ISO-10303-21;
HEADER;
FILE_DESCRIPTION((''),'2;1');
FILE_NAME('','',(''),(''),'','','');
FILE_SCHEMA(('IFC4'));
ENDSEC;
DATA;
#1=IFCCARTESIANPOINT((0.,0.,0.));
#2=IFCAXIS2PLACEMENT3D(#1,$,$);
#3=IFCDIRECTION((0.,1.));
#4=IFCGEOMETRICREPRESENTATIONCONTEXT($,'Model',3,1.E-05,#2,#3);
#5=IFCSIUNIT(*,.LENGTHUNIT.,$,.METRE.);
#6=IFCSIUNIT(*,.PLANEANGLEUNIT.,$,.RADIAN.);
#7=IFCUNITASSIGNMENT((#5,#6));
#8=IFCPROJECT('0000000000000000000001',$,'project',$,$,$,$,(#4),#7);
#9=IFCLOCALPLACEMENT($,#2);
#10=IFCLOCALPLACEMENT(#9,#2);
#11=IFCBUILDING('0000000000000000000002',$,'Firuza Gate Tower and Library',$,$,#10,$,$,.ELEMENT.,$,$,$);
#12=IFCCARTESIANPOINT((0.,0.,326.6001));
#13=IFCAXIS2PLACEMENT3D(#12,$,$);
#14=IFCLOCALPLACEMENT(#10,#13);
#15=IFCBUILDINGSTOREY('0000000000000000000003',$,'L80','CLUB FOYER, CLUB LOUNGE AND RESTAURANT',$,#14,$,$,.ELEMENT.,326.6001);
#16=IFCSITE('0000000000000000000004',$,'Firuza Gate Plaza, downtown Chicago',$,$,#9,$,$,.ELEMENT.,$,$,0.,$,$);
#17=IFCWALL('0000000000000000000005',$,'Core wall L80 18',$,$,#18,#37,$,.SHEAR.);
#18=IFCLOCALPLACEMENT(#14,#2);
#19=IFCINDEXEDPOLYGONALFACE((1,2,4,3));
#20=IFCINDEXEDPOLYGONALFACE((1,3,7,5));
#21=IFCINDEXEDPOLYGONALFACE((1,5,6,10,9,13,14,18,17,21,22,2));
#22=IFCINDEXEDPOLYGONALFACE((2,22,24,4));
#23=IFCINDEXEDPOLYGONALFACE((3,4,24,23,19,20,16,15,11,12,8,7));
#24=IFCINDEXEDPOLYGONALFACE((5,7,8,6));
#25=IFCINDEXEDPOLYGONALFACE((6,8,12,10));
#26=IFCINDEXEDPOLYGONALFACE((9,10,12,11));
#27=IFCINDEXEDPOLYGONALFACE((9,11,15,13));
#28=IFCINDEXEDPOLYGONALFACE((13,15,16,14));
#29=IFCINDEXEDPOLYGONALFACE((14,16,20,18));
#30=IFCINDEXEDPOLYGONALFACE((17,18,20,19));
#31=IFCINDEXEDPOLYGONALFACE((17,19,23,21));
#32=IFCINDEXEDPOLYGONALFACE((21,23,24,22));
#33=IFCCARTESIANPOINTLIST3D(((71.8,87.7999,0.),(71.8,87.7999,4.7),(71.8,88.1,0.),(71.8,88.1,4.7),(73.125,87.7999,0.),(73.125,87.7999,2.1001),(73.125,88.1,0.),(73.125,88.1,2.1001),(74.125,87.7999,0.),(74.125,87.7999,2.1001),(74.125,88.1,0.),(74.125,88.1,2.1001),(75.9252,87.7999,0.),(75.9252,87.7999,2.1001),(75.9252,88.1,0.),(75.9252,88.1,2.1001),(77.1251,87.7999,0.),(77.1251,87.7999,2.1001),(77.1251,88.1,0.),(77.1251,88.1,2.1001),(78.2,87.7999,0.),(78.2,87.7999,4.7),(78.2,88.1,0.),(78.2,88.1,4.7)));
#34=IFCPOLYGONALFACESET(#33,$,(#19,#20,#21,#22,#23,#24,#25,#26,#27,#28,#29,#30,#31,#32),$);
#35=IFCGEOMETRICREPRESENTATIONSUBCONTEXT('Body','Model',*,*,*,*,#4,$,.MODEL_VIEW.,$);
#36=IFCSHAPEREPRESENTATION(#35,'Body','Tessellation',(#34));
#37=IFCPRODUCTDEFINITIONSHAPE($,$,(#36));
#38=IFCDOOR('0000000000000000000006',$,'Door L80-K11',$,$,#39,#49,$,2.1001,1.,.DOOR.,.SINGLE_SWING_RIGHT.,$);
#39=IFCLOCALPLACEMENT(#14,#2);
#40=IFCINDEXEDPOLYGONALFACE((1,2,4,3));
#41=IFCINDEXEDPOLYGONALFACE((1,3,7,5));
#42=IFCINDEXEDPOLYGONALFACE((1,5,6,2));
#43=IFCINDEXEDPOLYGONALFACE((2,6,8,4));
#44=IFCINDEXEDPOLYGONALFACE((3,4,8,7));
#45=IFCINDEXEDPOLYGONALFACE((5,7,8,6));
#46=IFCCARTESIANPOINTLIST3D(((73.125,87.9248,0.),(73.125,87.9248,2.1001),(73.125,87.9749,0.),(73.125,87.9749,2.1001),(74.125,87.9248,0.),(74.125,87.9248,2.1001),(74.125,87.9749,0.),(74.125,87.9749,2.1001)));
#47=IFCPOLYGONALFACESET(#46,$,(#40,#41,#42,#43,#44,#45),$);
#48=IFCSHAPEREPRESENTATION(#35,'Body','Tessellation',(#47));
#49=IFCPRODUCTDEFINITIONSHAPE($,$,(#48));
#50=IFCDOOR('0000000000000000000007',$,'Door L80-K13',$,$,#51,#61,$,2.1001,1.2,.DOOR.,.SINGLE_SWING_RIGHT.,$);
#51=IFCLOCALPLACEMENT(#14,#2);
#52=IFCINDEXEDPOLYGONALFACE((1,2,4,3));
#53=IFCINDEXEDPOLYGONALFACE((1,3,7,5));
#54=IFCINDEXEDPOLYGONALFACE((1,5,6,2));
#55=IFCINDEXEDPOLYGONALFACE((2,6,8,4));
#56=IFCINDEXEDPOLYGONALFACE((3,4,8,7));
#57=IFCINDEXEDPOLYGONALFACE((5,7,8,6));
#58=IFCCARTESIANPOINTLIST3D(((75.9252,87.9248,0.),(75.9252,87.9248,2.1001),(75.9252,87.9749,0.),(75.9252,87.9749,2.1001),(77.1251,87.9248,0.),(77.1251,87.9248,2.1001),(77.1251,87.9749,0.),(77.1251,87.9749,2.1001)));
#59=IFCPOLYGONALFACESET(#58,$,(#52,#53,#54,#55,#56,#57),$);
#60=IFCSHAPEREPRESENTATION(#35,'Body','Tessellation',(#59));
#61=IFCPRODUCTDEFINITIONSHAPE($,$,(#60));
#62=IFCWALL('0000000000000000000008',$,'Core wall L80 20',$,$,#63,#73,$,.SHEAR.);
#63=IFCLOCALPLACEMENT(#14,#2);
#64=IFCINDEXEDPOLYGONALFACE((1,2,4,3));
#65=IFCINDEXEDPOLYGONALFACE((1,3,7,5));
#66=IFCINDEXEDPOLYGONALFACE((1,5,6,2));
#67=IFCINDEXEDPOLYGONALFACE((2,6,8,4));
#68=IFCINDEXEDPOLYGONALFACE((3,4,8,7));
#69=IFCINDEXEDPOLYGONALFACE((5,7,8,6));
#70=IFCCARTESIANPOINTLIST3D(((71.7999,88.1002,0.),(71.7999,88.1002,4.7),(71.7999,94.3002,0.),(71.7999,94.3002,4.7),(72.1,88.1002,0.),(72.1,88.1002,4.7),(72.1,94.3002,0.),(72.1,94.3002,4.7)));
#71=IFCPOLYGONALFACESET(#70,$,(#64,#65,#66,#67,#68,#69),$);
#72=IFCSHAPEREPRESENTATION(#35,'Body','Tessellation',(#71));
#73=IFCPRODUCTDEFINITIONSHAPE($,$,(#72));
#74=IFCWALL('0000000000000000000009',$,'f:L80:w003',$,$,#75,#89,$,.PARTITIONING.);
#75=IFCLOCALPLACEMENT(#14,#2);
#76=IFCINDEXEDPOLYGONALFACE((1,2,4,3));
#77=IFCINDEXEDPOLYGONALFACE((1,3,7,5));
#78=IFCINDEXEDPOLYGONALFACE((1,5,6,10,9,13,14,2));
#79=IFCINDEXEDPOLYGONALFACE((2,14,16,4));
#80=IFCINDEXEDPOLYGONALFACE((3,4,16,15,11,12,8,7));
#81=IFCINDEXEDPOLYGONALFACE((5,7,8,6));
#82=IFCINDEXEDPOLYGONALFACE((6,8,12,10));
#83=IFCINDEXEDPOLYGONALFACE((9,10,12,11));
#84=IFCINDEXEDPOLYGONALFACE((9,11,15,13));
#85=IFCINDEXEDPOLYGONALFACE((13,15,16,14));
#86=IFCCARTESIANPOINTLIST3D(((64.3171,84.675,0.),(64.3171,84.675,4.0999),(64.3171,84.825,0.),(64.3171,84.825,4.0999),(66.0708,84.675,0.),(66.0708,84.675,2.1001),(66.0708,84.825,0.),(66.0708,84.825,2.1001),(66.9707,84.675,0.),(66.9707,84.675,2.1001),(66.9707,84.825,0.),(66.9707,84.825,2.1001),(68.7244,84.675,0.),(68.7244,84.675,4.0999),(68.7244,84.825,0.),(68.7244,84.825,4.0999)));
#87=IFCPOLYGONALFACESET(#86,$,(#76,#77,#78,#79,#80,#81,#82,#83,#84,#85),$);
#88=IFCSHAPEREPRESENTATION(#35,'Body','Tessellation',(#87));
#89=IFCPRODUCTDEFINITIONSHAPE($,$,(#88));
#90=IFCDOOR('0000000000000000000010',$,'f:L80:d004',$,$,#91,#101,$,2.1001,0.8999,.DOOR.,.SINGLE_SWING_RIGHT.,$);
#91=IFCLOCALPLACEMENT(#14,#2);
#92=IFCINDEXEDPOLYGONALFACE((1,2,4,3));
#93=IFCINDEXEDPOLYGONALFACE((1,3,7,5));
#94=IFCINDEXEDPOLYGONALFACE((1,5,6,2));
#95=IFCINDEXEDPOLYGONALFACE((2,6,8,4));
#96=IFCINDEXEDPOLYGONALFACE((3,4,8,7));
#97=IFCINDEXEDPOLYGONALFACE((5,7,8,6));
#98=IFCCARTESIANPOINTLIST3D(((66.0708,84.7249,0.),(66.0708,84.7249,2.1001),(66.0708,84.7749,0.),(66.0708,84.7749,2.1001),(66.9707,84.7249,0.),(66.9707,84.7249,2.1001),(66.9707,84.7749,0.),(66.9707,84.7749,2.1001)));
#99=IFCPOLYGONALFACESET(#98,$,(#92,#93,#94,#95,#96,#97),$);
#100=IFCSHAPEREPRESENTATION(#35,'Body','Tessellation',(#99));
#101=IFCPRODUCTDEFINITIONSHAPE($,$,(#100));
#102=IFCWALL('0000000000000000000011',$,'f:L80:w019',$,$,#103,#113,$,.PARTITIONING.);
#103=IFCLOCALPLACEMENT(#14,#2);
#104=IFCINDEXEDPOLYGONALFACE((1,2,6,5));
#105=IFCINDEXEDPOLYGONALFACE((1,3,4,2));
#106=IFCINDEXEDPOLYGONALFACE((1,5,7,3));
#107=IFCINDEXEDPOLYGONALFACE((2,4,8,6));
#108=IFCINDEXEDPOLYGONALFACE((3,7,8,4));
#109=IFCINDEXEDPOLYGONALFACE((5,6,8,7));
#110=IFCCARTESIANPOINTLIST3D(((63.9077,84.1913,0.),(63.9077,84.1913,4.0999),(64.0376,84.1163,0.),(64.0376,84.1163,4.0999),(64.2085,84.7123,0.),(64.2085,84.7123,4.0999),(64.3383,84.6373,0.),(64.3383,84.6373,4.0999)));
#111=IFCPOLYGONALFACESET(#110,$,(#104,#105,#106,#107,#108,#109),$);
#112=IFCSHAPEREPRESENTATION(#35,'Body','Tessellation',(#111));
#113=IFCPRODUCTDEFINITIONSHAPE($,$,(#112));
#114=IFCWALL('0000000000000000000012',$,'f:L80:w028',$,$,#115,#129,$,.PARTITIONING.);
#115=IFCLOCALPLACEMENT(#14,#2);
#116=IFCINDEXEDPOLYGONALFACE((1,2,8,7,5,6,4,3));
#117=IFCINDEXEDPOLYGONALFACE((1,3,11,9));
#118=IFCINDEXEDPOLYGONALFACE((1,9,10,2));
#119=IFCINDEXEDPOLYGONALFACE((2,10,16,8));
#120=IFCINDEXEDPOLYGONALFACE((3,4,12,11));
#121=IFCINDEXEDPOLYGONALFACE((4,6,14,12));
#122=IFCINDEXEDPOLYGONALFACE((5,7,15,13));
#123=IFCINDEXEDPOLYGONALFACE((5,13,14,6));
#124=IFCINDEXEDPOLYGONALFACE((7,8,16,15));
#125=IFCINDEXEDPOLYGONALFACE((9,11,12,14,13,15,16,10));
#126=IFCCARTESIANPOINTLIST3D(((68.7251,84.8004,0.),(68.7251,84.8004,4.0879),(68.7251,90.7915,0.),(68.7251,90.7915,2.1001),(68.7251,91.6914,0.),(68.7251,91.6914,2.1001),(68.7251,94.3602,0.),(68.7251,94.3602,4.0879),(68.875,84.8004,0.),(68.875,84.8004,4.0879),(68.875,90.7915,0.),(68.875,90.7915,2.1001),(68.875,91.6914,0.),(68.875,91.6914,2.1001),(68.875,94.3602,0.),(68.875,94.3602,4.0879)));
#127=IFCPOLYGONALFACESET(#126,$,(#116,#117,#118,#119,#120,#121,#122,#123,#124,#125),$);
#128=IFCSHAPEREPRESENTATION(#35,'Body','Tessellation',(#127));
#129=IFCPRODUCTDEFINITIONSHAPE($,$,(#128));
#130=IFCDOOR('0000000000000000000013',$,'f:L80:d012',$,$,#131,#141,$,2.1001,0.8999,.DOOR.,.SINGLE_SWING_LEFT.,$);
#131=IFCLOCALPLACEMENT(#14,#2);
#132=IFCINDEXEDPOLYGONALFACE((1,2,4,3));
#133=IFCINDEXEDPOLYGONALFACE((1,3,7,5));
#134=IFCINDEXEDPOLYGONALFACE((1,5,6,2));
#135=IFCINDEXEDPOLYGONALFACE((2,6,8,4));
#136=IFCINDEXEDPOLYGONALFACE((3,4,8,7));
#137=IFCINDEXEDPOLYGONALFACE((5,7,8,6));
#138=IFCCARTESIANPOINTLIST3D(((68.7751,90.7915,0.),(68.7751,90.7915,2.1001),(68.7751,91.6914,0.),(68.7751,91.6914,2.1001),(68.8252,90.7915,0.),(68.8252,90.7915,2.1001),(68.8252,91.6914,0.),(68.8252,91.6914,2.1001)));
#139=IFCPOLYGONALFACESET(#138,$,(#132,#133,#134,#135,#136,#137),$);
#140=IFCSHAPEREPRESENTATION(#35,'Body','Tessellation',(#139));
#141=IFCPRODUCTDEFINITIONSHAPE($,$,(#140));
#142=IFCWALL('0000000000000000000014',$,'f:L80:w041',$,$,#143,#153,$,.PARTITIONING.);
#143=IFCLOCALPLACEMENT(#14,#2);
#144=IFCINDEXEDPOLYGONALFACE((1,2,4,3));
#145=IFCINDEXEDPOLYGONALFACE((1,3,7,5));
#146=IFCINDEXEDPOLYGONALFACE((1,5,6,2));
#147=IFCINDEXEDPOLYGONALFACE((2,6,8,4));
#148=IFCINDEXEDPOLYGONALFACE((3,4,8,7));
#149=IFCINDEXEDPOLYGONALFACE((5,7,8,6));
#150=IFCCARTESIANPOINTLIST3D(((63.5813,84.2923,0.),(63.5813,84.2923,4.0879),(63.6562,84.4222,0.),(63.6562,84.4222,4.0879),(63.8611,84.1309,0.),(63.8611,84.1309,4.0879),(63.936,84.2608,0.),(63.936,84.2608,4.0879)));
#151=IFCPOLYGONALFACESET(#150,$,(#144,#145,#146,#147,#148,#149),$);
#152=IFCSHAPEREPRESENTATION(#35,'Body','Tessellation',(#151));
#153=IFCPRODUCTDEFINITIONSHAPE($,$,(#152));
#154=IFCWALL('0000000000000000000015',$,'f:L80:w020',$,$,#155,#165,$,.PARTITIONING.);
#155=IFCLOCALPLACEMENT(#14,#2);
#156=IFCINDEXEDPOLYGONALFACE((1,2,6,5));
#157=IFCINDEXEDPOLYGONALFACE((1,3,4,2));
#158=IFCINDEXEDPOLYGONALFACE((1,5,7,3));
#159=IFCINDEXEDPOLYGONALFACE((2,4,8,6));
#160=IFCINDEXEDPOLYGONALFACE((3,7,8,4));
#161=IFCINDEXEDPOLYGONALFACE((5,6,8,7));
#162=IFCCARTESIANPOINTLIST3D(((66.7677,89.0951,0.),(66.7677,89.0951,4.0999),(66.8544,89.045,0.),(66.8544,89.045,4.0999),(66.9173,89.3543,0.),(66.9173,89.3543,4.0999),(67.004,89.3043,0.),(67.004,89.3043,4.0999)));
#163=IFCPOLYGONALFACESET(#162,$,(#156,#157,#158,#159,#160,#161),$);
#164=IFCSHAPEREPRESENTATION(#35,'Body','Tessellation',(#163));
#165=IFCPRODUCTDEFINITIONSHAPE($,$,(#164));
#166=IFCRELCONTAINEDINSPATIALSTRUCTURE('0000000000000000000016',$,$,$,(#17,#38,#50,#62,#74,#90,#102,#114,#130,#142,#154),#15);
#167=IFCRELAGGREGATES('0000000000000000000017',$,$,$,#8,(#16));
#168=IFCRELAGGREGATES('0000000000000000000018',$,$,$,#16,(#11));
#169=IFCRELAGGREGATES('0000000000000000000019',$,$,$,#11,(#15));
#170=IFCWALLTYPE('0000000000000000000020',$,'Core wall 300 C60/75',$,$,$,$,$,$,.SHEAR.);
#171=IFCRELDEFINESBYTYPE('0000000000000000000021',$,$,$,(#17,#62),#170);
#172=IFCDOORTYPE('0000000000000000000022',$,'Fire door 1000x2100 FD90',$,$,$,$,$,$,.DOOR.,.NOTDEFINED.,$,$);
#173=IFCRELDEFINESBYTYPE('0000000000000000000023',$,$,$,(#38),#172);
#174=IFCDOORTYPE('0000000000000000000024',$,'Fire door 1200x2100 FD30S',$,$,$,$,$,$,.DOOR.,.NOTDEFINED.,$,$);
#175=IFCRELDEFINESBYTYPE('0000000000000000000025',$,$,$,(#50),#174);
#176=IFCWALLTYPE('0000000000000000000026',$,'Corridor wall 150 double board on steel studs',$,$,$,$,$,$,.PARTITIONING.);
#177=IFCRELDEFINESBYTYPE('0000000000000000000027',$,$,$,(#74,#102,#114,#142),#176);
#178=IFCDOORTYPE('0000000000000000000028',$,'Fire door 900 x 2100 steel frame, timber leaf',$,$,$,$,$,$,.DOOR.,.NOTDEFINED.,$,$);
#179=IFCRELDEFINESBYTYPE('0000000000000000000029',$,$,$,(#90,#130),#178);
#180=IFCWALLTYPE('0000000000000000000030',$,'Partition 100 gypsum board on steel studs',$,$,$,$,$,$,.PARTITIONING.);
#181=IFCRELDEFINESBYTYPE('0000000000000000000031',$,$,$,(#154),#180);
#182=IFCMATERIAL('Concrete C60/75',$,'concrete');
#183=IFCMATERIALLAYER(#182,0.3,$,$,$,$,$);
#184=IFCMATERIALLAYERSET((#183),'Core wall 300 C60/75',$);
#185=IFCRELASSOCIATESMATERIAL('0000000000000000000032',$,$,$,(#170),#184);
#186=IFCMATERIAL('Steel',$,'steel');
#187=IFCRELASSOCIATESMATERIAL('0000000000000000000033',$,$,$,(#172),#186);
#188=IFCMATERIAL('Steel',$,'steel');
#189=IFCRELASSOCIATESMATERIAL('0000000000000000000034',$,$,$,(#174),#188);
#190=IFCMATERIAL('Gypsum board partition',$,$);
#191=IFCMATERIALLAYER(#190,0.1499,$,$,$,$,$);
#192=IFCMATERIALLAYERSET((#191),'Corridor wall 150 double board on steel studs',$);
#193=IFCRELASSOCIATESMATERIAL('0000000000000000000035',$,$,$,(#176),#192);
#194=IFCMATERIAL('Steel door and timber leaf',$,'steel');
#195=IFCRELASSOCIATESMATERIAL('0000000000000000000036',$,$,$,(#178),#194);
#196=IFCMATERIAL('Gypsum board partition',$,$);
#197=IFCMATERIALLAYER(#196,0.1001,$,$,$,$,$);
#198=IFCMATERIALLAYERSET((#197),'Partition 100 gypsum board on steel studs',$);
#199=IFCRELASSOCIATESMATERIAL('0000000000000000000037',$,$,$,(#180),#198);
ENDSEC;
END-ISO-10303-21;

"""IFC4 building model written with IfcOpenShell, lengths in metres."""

from ifc_helpers import new_model, si_unit, direction, frame, frame_2d, origin, place, context, subcontext, project, spatial, rectangle, extrude, material, layer, layer_set, type_object, element, fill, save


model = new_model("IFC4")

# Units and contexts
model_context = context("Model", 3, precision=1e-05, world=origin(), true_north=direction((0.0, 1.0)))
body_context = subcontext(model_context, "Body", "Model", "MODEL_VIEW")
ifc_project = project(units=[si_unit("LENGTHUNIT", "METRE"), si_unit("PLANEANGLEUNIT", "RADIAN")], contexts=[model_context])

# Site, building, storey
site_placement = place(None, origin())
site = spatial("IfcSite", under=ifc_project, at=site_placement, Name="Firuza Gate Plaza, downtown Chicago", CompositionType="ELEMENT", RefElevation=0.0)
building_placement = place(site_placement, origin())
building = spatial("IfcBuilding", under=site, at=building_placement, Name="Firuza Gate Tower and Library", CompositionType="ELEMENT")
storey_placement = place(building_placement, frame((0.0, 0.0, 326.6001)))
storey = spatial("IfcBuildingStorey", under=building, at=storey_placement, Name="L80", Description="CLUB FOYER, CLUB LOUNGE AND RESTAURANT", CompositionType="ELEMENT", Elevation=326.6001)

# Wall, openings, doors
ifc_material_1 = material(Name="Concrete C60/75", Category="concrete")
ifc_layer_1 = layer(ifc_material_1, 0.3)
ifc_layer_set_1 = layer_set([ifc_layer_1], Name="Core wall 300 C60/75")
wall_type_1 = type_object("IfcWallType", Name="Core wall 300 C60/75", PredefinedType="SHEAR", material=ifc_layer_set_1)
wall_1_placement = place(storey_placement, frame((71.8, 87.95, 0.0), z_axis=(0.0, 0.0, 1.0), x_axis=(1.0, 0.0, 0.0)))
wall_1 = element("IfcWall", 1, at=wall_1_placement, inside=storey, type_object=wall_type_1, Name="Core wall L80 18", PredefinedType="SHEAR", context=body_context, shape_type="SweptSolid", body=[
    extrude(rectangle(XDim=6.3999, YDim=0.3, at=frame_2d((3.2, 0.0))), origin(), (0.0, 0.0, 1.0), 4.7),
])
opening_1_placement = place(wall_1_placement, frame((1.325, 0.0, 0.0)))
opening_1 = element("IfcOpeningElement", 2, at=opening_1_placement, cuts=wall_1, PredefinedType="OPENING", context=body_context, shape_type="SweptSolid", body=[
    extrude(rectangle(XDim=1.0, YDim=2.1001, at=frame_2d((0.5, 1.05))), frame((0.0, 0.1602, 0.0), z_axis=(0.0, -1.0, 0.0), x_axis=(1.0, 0.0, 0.0)), (0.0, 0.0, 1.0), 0.3201),
])
opening_2_placement = place(wall_1_placement, frame((4.125, 0.0, 0.0)))
opening_2 = element("IfcOpeningElement", 3, at=opening_2_placement, cuts=wall_1, PredefinedType="OPENING", context=body_context, shape_type="SweptSolid", body=[
    extrude(rectangle(XDim=1.2, YDim=2.1001, at=frame_2d((0.6001, 1.05))), frame((0.0, 0.1602, 0.0), z_axis=(0.0, -1.0, 0.0), x_axis=(1.0, 0.0, 0.0)), (0.0, 0.0, 1.0), 0.3201),
])
ifc_material_2 = material(Name="Steel", Category="steel")
door_type_1 = type_object("IfcDoorType", Name="Fire door 1000x2100 FD90", OperationType="NOTDEFINED", PredefinedType="DOOR", material=ifc_material_2)
door_1_placement = place(opening_1_placement, origin())
door_1 = element("IfcDoor", 4, at=door_1_placement, inside=storey, type_object=door_type_1, Name="Door L80-K11", OperationType="SINGLE_SWING_RIGHT", OverallHeight=2.1001, OverallWidth=1.0, PredefinedType="DOOR", context=body_context, shape_type="SweptSolid", body=[
    extrude(rectangle(XDim=1.0, YDim=2.1001, at=frame_2d((0.5, 1.05))), frame((0.0, 0.0249, 0.0), z_axis=(0.0, -1.0, 0.0), x_axis=(1.0, 0.0, 0.0)), (0.0, 0.0, 1.0), 0.05),
])
fill(opening_1, door_1)
ifc_material_3 = material(Name="Steel", Category="steel")
door_type_2 = type_object("IfcDoorType", Name="Fire door 1200x2100 FD30S", OperationType="NOTDEFINED", PredefinedType="DOOR", material=ifc_material_3)
door_2_placement = place(opening_2_placement, origin())
door_2 = element("IfcDoor", 5, at=door_2_placement, inside=storey, type_object=door_type_2, Name="Door L80-K13", OperationType="SINGLE_SWING_RIGHT", OverallHeight=2.1001, OverallWidth=1.2, PredefinedType="DOOR", context=body_context, shape_type="SweptSolid", body=[
    extrude(rectangle(XDim=1.2, YDim=2.1001, at=frame_2d((0.6001, 1.05))), frame((0.0, 0.0249, 0.0), z_axis=(0.0, -1.0, 0.0), x_axis=(1.0, 0.0, 0.0)), (0.0, 0.0, 1.0), 0.05),
])
fill(opening_2, door_2)

# Wall
wall_2_placement = place(storey_placement, frame((71.95, 88.1001, 0.0), z_axis=(0.0, 0.0, 1.0), x_axis=(0.0, 1.0, 0.0)))
element("IfcWall", 6, at=wall_2_placement, inside=storey, type_object=wall_type_1, Name="Core wall L80 20", PredefinedType="SHEAR", context=body_context, shape_type="SweptSolid", body=[
    extrude(rectangle(XDim=6.2, YDim=0.3, at=frame_2d((3.1001, 0.0))), origin(), (0.0, 0.0, 1.0), 4.7),
])

# Wall, opening, door
ifc_material_4 = material(Name="Gypsum board partition")
ifc_layer_2 = layer(ifc_material_4, 0.1499)
ifc_layer_set_2 = layer_set([ifc_layer_2], Name="Corridor wall 150 double board on steel studs")
wall_type_2 = type_object("IfcWallType", Name="Corridor wall 150 double board on steel studs", PredefinedType="PARTITIONING", material=ifc_layer_set_2)
wall_3_placement = place(storey_placement, frame((64.3171, 84.75, 0.0), z_axis=(0.0, 0.0, 1.0), x_axis=(1.0, 0.0, 0.0)))
wall_3 = element("IfcWall", 7, at=wall_3_placement, inside=storey, type_object=wall_type_2, Name="f:L80:w003", PredefinedType="PARTITIONING", context=body_context, shape_type="SweptSolid", body=[
    extrude(rectangle(XDim=4.4072, YDim=0.1499, at=frame_2d((2.2036, 0.0))), origin(), (0.0, 0.0, 1.0), 4.0999),
])
opening_3_placement = place(wall_3_placement, frame((1.7537, 0.0, 0.0)))
opening_3 = element("IfcOpeningElement", 8, at=opening_3_placement, cuts=wall_3, PredefinedType="OPENING", context=body_context, shape_type="SweptSolid", body=[
    extrude(rectangle(XDim=0.8999, YDim=2.1001, at=frame_2d((0.45, 1.05))), frame((0.0, 0.085, 0.0), z_axis=(0.0, -1.0, 0.0), x_axis=(1.0, 0.0, 0.0)), (0.0, 0.0, 1.0), 0.1699),
])
ifc_material_5 = material(Name="Steel door and timber leaf", Category="steel")
door_type_3 = type_object("IfcDoorType", Name="Fire door 900 x 2100 steel frame, timber leaf", OperationType="NOTDEFINED", PredefinedType="DOOR", material=ifc_material_5)
door_3_placement = place(opening_3_placement, origin())
door_3 = element("IfcDoor", 9, at=door_3_placement, inside=storey, type_object=door_type_3, Name="f:L80:d004", OperationType="SINGLE_SWING_RIGHT", OverallHeight=2.1001, OverallWidth=0.8999, PredefinedType="DOOR", context=body_context, shape_type="SweptSolid", body=[
    extrude(rectangle(XDim=0.8999, YDim=2.1001, at=frame_2d((0.45, 1.05))), frame((0.0, 0.0249, 0.0), z_axis=(0.0, -1.0, 0.0), x_axis=(1.0, 0.0, 0.0)), (0.0, 0.0, 1.0), 0.05),
])
fill(opening_3, door_3)

# Wall
wall_4_placement = place(storey_placement, frame((63.9727, 84.1538, 0.0), z_axis=(0.0, 0.0, 1.0), x_axis=(0.49998, 0.866037, 0.0)))
element("IfcWall", 10, at=wall_4_placement, inside=storey, type_object=wall_type_2, Name="f:L80:w019", PredefinedType="PARTITIONING", context=body_context, shape_type="SweptSolid", body=[
    extrude(rectangle(XDim=0.6016, YDim=0.1499, at=frame_2d((0.3008, 0.0))), origin(), (0.0, 0.0, 1.0), 4.0999),
])

# Wall, opening, door
wall_5_placement = place(storey_placement, frame((68.8, 84.8005, 0.0), z_axis=(0.0, 0.0, 1.0), x_axis=(0.0, 1.0, 0.0)))
wall_5 = element("IfcWall", 11, at=wall_5_placement, inside=storey, type_object=wall_type_2, Name="f:L80:w028", PredefinedType="PARTITIONING", context=body_context, shape_type="SweptSolid", body=[
    extrude(rectangle(XDim=9.5598, YDim=0.1499, at=frame_2d((4.7798, 0.0))), origin(), (0.0, 0.0, 1.0), 4.0879),
])
opening_4_placement = place(wall_5_placement, frame((5.991, 0.0, 0.0)))
opening_4 = element("IfcOpeningElement", 12, at=opening_4_placement, cuts=wall_5, PredefinedType="OPENING", context=body_context, shape_type="SweptSolid", body=[
    extrude(rectangle(XDim=0.8999, YDim=2.1001, at=frame_2d((0.45, 1.05))), frame((0.0, 0.085, 0.0), z_axis=(0.0, -1.0, 0.0), x_axis=(1.0, 0.0, 0.0)), (0.0, 0.0, 1.0), 0.1699),
])
door_4_placement = place(opening_4_placement, origin())
door_4 = element("IfcDoor", 13, at=door_4_placement, inside=storey, type_object=door_type_3, Name="f:L80:d012", OperationType="SINGLE_SWING_LEFT", OverallHeight=2.1001, OverallWidth=0.8999, PredefinedType="DOOR", context=body_context, shape_type="SweptSolid", body=[
    extrude(rectangle(XDim=0.8999, YDim=2.1001, at=frame_2d((0.45, 1.05))), frame((0.0, 0.0249, 0.0), z_axis=(0.0, -1.0, 0.0), x_axis=(1.0, 0.0, 0.0)), (0.0, 0.0, 1.0), 0.05),
])
fill(opening_4, door_4)

# Walls
wall_6_placement = place(storey_placement, frame((63.8987, 84.1958, 0.0), z_axis=(0.0, 0.0, 1.0), x_axis=(-0.866236, 0.499635, 0.0)))
element("IfcWall", 14, at=wall_6_placement, inside=storey, type_object=wall_type_2, Name="f:L80:w041", PredefinedType="PARTITIONING", context=body_context, shape_type="SweptSolid", body=[
    extrude(rectangle(XDim=0.323, YDim=0.1499, at=frame_2d((0.1616, 0.0))), origin(), (0.0, 0.0, 1.0), 4.0879),
])
ifc_material_6 = material(Name="Gypsum board partition")
ifc_layer_3 = layer(ifc_material_6, 0.1001)
ifc_layer_set_3 = layer_set([ifc_layer_3], Name="Partition 100 gypsum board on steel studs")
wall_type_3 = type_object("IfcWallType", Name="Partition 100 gypsum board on steel studs", PredefinedType="PARTITIONING", material=ifc_layer_set_3)
wall_7_placement = place(storey_placement, frame((66.811, 89.0701, 0.0), z_axis=(0.0, 0.0, 1.0), x_axis=(0.499911, 0.866077, 0.0)))
element("IfcWall", 15, at=wall_7_placement, inside=storey, type_object=wall_type_3, Name="f:L80:w020", PredefinedType="PARTITIONING", context=body_context, shape_type="SweptSolid", body=[
    extrude(rectangle(XDim=0.2993, YDim=0.1001, at=frame_2d((0.1497, 0.0))), origin(), (0.0, 0.0, 1.0), 4.0999),
])

save(model, "model.ifc")
